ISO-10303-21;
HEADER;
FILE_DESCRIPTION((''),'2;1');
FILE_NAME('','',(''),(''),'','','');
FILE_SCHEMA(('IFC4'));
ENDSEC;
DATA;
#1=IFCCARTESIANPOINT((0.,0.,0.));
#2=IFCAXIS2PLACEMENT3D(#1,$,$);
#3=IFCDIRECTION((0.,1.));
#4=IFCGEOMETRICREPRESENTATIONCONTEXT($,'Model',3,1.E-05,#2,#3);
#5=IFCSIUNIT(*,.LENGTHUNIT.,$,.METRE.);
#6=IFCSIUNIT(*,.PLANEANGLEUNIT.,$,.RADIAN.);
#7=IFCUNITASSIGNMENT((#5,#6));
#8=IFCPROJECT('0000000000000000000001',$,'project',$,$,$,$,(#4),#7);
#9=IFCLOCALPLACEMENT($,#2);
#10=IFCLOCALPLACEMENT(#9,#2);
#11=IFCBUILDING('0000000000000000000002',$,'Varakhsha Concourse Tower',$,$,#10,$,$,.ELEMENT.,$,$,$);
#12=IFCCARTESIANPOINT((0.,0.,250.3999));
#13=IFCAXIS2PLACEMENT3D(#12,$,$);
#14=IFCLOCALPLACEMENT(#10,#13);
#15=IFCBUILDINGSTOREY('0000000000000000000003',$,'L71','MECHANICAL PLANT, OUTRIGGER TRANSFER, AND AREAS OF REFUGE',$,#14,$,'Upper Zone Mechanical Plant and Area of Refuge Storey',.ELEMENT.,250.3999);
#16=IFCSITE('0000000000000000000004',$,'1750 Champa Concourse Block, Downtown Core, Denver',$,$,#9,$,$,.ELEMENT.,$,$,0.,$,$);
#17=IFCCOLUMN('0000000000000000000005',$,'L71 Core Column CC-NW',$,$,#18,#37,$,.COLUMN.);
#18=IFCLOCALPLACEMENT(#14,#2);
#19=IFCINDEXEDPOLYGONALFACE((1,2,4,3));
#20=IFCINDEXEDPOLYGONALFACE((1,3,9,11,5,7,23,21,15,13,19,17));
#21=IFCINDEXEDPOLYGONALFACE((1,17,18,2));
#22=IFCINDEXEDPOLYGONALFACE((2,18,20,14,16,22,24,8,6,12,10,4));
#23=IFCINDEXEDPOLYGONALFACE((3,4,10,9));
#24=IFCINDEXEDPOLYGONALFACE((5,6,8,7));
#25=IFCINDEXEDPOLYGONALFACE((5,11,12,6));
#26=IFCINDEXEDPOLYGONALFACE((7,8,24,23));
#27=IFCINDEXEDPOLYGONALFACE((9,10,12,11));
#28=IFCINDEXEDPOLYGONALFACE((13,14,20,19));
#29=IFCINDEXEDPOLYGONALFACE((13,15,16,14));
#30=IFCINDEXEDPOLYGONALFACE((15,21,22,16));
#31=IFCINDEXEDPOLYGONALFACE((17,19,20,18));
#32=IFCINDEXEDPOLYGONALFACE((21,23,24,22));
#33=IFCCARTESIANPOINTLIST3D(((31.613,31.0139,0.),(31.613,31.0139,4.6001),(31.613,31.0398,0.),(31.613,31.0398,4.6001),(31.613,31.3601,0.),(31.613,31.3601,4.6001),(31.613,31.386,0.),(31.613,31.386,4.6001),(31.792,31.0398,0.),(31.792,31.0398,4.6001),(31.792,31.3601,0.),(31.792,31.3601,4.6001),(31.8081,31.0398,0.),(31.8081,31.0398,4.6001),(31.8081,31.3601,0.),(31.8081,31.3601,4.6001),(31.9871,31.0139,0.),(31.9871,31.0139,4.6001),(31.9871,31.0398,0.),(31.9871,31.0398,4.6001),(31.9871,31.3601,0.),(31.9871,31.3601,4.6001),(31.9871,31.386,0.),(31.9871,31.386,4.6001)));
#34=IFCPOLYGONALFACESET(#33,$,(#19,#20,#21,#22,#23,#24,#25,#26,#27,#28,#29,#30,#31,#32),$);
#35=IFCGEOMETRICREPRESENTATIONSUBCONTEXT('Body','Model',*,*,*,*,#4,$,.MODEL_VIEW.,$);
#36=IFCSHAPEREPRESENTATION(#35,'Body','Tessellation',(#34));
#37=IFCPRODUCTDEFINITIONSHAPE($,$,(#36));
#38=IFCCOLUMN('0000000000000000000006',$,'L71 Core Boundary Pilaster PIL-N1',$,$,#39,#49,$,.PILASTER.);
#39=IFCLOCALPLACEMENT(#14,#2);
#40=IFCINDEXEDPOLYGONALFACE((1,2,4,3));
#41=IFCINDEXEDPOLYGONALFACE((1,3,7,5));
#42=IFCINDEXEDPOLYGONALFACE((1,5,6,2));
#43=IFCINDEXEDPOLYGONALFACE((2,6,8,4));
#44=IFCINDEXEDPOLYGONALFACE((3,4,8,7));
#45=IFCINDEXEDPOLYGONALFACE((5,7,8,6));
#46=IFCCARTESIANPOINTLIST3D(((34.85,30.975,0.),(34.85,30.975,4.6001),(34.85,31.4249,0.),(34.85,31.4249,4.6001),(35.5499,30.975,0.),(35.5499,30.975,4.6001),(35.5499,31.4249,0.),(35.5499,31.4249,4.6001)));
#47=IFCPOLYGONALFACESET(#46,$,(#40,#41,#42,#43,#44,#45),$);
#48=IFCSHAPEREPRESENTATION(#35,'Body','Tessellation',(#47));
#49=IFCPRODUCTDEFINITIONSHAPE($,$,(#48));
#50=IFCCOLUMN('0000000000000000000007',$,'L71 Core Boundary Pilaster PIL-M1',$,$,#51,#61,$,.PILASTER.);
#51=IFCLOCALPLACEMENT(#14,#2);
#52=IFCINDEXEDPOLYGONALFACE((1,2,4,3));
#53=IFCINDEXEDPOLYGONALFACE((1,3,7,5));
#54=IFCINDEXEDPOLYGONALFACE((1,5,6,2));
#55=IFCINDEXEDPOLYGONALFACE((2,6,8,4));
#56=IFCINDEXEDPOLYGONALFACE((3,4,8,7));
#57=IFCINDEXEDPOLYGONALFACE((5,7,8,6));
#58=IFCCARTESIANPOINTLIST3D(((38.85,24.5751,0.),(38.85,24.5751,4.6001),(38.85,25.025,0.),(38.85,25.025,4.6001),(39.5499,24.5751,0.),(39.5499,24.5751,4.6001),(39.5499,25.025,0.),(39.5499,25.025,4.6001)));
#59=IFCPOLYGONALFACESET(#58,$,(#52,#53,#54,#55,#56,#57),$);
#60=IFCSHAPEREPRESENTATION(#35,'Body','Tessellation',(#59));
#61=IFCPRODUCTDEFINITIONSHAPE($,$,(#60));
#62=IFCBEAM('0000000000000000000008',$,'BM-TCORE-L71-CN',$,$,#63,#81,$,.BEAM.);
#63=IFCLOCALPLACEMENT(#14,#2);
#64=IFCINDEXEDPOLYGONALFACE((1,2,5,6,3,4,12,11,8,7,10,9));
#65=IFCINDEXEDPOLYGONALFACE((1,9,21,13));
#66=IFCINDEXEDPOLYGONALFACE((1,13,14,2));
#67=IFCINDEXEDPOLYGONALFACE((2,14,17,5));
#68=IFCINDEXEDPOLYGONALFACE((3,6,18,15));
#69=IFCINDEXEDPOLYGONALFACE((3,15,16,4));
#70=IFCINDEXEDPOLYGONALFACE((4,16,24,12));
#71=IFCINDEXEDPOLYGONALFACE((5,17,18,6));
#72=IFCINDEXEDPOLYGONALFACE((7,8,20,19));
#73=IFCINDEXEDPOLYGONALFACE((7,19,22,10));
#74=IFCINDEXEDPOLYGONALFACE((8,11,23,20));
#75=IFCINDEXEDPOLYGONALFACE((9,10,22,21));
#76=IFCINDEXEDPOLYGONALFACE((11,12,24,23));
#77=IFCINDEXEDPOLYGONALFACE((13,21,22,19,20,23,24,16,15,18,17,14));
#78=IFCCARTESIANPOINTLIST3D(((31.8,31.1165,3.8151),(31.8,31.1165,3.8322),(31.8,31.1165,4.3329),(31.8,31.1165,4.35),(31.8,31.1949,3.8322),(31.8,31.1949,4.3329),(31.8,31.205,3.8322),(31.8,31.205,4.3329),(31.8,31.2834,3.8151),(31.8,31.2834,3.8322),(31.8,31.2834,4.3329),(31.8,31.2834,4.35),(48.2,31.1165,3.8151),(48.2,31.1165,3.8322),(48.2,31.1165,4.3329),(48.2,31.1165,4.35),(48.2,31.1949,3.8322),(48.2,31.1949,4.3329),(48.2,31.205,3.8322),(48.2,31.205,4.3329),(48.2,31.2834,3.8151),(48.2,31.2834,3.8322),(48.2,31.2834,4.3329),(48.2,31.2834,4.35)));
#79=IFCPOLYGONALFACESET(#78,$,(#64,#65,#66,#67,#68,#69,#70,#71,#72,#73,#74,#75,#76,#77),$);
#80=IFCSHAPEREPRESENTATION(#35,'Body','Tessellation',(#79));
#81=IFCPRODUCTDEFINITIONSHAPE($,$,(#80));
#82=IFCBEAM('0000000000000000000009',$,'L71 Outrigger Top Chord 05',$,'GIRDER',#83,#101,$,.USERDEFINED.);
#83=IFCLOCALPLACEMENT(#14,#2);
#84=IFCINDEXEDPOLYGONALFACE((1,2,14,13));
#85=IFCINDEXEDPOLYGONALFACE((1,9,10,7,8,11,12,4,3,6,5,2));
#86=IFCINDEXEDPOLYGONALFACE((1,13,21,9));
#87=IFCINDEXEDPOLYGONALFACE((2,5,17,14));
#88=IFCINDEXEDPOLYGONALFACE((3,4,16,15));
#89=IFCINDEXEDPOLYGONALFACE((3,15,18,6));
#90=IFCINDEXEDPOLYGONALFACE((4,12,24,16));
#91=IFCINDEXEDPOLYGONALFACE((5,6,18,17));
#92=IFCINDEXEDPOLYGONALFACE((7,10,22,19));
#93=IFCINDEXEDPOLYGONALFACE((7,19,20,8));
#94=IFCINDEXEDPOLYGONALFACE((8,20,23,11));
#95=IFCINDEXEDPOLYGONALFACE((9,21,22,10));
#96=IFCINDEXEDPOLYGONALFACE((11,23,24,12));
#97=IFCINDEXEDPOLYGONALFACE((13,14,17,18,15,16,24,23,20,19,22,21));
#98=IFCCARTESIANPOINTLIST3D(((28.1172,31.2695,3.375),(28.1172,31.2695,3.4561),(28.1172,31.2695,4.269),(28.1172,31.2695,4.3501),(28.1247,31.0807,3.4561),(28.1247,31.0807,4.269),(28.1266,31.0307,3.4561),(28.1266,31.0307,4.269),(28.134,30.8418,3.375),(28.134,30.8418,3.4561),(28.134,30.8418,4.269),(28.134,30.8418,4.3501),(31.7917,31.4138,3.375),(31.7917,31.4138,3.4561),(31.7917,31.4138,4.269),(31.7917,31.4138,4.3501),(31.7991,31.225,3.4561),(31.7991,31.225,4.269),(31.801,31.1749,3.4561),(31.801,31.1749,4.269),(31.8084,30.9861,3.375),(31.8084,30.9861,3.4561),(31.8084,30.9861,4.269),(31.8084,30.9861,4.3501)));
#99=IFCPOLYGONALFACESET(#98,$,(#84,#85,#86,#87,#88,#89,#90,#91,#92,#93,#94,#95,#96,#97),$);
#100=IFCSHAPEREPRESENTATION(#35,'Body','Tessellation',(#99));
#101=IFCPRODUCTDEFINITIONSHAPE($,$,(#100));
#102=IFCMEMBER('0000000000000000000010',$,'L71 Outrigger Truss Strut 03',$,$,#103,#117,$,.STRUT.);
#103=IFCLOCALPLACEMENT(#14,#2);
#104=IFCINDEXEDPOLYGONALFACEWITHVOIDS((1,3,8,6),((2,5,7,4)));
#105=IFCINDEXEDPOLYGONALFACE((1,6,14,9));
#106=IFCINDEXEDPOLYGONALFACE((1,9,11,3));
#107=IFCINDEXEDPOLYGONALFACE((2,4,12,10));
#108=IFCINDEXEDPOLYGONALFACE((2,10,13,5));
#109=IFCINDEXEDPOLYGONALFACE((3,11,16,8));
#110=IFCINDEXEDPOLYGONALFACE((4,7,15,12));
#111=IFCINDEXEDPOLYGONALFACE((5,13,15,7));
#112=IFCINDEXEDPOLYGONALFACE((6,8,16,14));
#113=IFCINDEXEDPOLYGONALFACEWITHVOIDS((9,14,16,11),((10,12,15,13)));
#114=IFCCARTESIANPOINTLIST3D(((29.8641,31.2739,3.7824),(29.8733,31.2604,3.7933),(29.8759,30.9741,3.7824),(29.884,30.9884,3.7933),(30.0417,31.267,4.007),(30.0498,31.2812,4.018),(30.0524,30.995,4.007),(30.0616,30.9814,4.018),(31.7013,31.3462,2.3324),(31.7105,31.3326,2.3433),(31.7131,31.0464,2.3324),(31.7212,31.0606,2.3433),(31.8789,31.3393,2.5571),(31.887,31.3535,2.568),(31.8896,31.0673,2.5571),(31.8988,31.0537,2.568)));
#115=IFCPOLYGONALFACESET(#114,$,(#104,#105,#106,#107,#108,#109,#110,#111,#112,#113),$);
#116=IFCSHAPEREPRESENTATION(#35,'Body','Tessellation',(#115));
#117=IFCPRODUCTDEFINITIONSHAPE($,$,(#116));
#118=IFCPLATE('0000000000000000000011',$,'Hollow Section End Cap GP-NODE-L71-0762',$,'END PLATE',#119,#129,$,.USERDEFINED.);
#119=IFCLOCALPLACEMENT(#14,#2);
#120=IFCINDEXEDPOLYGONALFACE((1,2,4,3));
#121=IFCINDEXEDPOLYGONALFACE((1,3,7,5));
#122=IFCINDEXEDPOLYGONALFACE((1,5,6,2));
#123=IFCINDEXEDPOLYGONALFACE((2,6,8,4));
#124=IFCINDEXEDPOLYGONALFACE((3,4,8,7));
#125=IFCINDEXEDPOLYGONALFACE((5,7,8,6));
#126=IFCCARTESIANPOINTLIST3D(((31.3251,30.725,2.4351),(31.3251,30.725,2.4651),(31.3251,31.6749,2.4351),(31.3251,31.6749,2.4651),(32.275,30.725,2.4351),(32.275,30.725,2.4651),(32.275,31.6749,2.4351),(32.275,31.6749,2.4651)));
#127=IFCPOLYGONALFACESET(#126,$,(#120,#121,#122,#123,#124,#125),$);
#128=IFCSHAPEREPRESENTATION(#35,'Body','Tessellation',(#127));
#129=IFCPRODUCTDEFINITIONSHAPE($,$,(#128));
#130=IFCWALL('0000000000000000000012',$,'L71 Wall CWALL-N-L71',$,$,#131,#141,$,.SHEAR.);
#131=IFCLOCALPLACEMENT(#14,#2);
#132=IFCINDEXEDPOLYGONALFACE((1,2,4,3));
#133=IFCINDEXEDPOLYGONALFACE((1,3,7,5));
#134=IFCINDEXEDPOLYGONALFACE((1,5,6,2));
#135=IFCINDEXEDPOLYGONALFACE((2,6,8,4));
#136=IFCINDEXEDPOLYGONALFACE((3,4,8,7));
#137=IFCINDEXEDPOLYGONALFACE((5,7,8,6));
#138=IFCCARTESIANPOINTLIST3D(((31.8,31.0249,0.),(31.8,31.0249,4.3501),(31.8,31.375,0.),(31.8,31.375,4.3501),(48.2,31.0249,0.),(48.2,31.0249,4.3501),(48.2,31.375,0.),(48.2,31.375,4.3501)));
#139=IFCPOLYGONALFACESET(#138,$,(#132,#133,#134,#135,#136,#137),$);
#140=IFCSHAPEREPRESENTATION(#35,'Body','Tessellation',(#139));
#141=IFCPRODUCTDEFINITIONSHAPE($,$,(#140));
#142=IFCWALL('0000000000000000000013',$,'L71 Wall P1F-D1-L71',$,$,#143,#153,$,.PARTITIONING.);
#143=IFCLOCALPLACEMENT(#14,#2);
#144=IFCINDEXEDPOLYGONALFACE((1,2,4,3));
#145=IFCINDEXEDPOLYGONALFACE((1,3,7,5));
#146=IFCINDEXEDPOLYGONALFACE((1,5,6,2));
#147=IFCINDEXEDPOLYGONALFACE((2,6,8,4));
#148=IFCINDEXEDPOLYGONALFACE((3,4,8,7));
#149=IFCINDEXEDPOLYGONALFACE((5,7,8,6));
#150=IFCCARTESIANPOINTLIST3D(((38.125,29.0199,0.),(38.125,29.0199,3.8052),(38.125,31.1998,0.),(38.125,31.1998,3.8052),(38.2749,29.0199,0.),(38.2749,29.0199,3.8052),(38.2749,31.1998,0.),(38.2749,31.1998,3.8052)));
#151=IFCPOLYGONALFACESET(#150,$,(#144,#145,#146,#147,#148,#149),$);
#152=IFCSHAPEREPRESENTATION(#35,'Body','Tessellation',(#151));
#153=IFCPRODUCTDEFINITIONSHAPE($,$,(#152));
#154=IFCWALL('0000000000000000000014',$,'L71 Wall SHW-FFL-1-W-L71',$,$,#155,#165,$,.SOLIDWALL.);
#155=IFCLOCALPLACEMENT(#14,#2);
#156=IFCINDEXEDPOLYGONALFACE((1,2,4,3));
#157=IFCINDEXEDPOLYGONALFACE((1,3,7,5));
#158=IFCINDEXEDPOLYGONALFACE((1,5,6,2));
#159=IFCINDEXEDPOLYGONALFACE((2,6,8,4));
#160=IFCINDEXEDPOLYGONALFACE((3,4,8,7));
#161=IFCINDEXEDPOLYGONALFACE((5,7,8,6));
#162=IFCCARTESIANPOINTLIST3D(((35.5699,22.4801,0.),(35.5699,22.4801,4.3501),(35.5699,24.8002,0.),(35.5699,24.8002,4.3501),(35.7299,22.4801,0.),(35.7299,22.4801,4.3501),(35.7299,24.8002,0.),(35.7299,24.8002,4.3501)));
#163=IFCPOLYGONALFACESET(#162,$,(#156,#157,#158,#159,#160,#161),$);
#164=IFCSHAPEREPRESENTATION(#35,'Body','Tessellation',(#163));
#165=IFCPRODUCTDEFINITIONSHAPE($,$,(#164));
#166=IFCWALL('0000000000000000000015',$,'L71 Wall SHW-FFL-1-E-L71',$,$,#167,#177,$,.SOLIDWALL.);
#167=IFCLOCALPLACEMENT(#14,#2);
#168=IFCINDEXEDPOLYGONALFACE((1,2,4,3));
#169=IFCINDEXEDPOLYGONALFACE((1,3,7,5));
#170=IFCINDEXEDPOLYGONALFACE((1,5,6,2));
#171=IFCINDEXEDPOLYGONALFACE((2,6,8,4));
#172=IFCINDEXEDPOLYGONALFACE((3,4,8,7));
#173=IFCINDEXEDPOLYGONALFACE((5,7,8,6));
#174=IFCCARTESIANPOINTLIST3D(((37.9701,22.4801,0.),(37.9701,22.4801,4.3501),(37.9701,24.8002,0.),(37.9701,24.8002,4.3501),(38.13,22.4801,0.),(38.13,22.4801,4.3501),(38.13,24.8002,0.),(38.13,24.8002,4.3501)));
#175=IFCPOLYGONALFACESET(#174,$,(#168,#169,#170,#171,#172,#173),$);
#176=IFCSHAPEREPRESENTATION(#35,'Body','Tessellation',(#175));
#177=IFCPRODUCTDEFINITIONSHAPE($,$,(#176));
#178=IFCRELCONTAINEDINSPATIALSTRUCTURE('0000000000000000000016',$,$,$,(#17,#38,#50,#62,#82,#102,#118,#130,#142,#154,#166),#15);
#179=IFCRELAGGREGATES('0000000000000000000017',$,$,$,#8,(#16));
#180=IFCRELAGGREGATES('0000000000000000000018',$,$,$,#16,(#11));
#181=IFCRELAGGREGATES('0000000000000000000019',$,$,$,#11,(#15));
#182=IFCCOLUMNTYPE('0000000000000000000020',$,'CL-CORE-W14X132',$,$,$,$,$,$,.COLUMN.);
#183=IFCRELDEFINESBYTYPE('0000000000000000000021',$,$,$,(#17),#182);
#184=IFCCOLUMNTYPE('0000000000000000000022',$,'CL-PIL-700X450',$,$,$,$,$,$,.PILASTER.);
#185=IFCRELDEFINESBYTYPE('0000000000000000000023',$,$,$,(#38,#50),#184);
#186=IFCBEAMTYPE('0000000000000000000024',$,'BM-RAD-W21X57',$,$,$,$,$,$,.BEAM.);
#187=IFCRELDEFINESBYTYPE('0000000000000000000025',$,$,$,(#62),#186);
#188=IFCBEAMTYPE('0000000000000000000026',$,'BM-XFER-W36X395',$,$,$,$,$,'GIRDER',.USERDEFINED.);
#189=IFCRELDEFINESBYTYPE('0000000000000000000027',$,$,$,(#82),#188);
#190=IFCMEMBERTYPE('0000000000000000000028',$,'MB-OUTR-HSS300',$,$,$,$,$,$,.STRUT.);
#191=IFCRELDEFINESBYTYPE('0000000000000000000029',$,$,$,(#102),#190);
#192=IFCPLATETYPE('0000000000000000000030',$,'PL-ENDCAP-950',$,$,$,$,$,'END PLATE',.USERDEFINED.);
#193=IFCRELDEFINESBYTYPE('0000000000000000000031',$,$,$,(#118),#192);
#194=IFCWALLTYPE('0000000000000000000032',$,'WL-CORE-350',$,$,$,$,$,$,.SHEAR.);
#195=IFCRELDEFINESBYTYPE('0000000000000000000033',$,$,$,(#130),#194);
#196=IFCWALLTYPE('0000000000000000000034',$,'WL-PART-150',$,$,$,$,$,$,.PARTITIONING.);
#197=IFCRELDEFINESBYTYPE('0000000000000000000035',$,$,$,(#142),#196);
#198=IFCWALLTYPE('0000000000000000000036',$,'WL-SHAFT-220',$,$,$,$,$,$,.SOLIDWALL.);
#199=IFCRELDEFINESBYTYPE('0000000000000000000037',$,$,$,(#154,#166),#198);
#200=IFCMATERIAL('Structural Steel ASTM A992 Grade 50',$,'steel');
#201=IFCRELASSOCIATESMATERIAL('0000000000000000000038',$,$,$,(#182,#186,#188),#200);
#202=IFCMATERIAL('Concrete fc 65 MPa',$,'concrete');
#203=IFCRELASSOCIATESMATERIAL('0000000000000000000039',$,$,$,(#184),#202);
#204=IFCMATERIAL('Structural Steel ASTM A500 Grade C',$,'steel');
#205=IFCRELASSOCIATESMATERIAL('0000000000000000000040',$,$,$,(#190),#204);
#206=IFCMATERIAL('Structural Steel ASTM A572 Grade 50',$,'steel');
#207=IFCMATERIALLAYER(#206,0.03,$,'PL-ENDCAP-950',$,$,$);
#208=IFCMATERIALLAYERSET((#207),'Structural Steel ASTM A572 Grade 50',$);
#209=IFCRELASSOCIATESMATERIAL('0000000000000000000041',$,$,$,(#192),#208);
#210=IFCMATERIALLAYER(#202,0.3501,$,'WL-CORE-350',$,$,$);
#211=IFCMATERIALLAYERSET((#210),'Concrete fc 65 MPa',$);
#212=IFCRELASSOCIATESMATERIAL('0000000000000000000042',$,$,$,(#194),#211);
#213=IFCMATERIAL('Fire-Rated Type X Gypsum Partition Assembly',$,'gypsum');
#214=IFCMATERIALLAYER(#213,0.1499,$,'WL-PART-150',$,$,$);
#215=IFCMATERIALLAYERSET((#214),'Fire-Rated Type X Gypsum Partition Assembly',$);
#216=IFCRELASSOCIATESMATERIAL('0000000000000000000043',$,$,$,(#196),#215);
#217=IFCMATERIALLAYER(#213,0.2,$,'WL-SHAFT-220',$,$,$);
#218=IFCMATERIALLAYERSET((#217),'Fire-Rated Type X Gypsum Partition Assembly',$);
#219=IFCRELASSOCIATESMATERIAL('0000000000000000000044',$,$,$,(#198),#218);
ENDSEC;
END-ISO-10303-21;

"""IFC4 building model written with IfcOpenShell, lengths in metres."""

from ifc_helpers import new_model, si_unit, direction, frame, frame_2d, origin, origin_2d, place, context, subcontext, project, spatial, rectangle, hollow_rectangle, i_section, extrude, source, transform, mapped, material, layer, layer_set, material_profile, profile_set, type_object, type_shapes, element, save


model = new_model("IFC4")

# Units and contexts
model_context = context("Model", 3, precision=1e-05, world=origin(), true_north=direction((0.0, 1.0)))
body_context = subcontext(model_context, "Body", "Model", "MODEL_VIEW")
ifc_project = project(units=[si_unit("LENGTHUNIT", "METRE"), si_unit("PLANEANGLEUNIT", "RADIAN")], contexts=[model_context])

# Site, building, storey
site_placement = place(None, origin())
site = spatial("IfcSite", under=ifc_project, at=site_placement, Name="1750 Champa Concourse Block, Downtown Core, Denver", CompositionType="ELEMENT", RefElevation=0.0)
building_placement = place(site_placement, origin())
building = spatial("IfcBuilding", under=site, at=building_placement, Name="Varakhsha Concourse Tower", CompositionType="ELEMENT")
storey_placement = place(building_placement, frame((0.0, 0.0, 250.3999)))
storey = spatial("IfcBuildingStorey", under=building, at=storey_placement, Name="L71", Description="MECHANICAL PLANT, OUTRIGGER TRANSFER, AND AREAS OF REFUGE", LongName="Upper Zone Mechanical Plant and Area of Refuge Storey", CompositionType="ELEMENT", Elevation=250.3999)

# Columns
ifc_material_1 = material(Name="Structural Steel ASTM A992 Grade 50", Category="steel")
ifc_material_profile_1 = material_profile(ifc_material_1, i_section(OverallWidth=0.374, OverallDepth=0.3721, WebThickness=0.0161, FlangeThickness=0.0259, at=origin_2d()), Name="W14X132")
ifc_profile_set_1 = profile_set([ifc_material_profile_1], Name="Structural Steel ASTM A992 Grade 50")
column_type_1 = type_object("IfcColumnType", Name="CL-CORE-W14X132", PredefinedType="COLUMN", material=ifc_profile_set_1)
column_placement = place(storey_placement, frame((31.8, 31.2, 0.0), z_axis=(0.0, 0.0, 1.0), x_axis=(1.0, 0.0, 0.0)))
element("IfcColumn", 1, at=column_placement, inside=storey, type_object=column_type_1, Name="L71 Core Column CC-NW", PredefinedType="COLUMN", context=body_context, shape_type="SweptSolid", body=[
    extrude(i_section(OverallWidth=0.374, OverallDepth=0.3721, WebThickness=0.0161, FlangeThickness=0.0259, at=origin_2d()), origin(), (0.0, 0.0, 1.0), 4.6001),
])
ifc_material_2 = material(Name="Concrete fc 65 MPa", Category="concrete")
ifc_material_profile_2 = material_profile(ifc_material_2, rectangle(XDim=0.7, YDim=0.45, at=origin_2d()), Name="RC 700x450")
ifc_profile_set_2 = profile_set([ifc_material_profile_2], Name="Concrete fc 65 MPa")
column_type_2 = type_object("IfcColumnType", Name="CL-PIL-700X450", PredefinedType="PILASTER", material=ifc_profile_set_2)
for number, where, z_axis, x_axis, name in (
    (2, (35.2, 31.2, 0.0), (0.0, 0.0, 1.0), (1.0, 0.0, 0.0), "L71 Core Boundary Pilaster PIL-N1"),
    (3, (39.2, 24.8, 0.0), (0.0, 0.0, 1.0), (1.0, 0.0, 0.0), "L71 Core Boundary Pilaster PIL-M1"),
):
    element("IfcColumn", number, at=place(storey_placement, frame(where, z_axis=z_axis, x_axis=x_axis)), inside=storey, type_object=column_type_2, Name=name, PredefinedType="PILASTER", context=body_context, shape_type="SweptSolid", body=[
        extrude(rectangle(XDim=0.7, YDim=0.45, at=origin_2d()), origin(), (0.0, 0.0, 1.0), 4.6001),
    ])

# Beams
ifc_material_profile_3 = material_profile(ifc_material_1, i_section(OverallWidth=0.167, OverallDepth=0.5349, WebThickness=0.01, FlangeThickness=0.0171, at=origin_2d()), Name="W21X57")
ifc_profile_set_3 = profile_set([ifc_material_profile_3], Name="Structural Steel ASTM A992 Grade 50")
beam_type_1 = type_object("IfcBeamType", Name="BM-RAD-W21X57", PredefinedType="BEAM", material=ifc_profile_set_3)
beam_1_placement = place(storey_placement, frame((31.8, 31.2, 4.0825), z_axis=(1.0, 0.0, 0.0), x_axis=(0.0, 1.0, 0.0)))
element("IfcBeam", 4, at=beam_1_placement, inside=storey, type_object=beam_type_1, Name="BM-TCORE-L71-CN", PredefinedType="BEAM", context=body_context, shape_type="SweptSolid", body=[
    extrude(i_section(OverallWidth=0.167, OverallDepth=0.5349, WebThickness=0.01, FlangeThickness=0.0171, at=origin_2d()), origin(), (0.0, 0.0, 1.0), 16.3999),
])
ifc_material_profile_4 = material_profile(ifc_material_1, i_section(OverallWidth=0.428, OverallDepth=0.9751, WebThickness=0.05, FlangeThickness=0.0811, at=origin_2d()), Name="W36X395")
ifc_profile_set_4 = profile_set([ifc_material_profile_4], Name="Structural Steel ASTM A992 Grade 50")
beam_type_2 = type_object("IfcBeamType", Name="BM-XFER-W36X395", ElementType="GIRDER", PredefinedType="USERDEFINED", material=ifc_profile_set_4)
beam_2_placement = place(storey_placement, frame((31.8, 31.2, 3.8625), z_axis=(-0.99923, -0.039239, 0.0), x_axis=(0.039239, -0.99923, 0.0)))
element("IfcBeam", 5, at=beam_2_placement, inside=storey, type_object=beam_type_2, Name="L71 Outrigger Top Chord 05", ObjectType="GIRDER", PredefinedType="USERDEFINED", context=body_context, shape_type="SweptSolid", body=[
    extrude(i_section(OverallWidth=0.428, OverallDepth=0.9751, WebThickness=0.05, FlangeThickness=0.0811, at=origin_2d()), origin(), (0.0, 0.0, 1.0), 3.6772),
])

# Member
ifc_material_3 = material(Name="Structural Steel ASTM A500 Grade C", Category="steel")
ifc_material_profile_5 = material_profile(ifc_material_3, hollow_rectangle(XDim=0.3, YDim=0.3, WallThickness=0.0139, at=origin_2d()), Name="HSS 300x300x14")
ifc_profile_set_5 = profile_set([ifc_material_profile_5], Name="Structural Steel ASTM A500 Grade C")
member_type = type_object("IfcMemberType", Name="MB-OUTR-HSS300", PredefinedType="STRUT", material=ifc_profile_set_5)
shared_shape_1 = source(origin(), body_context, "Body", "SweptSolid", [
    extrude(hollow_rectangle(XDim=0.3, YDim=0.3, WallThickness=0.0139, at=origin_2d()), origin(), (0.0, 0.0, 1.0), 2.3416),
])
type_shapes(member_type, [shared_shape_1])
member_placement = place(storey_placement, frame((31.8, 31.2, 2.4502), z_axis=(-0.7846, -0.030863, 0.619234), x_axis=(0.039305, -0.999227, 0.0)))
element("IfcMember", 6, at=member_placement, inside=storey, type_object=member_type, Name="L71 Outrigger Truss Strut 03", PredefinedType="STRUT", context=body_context, shape_type="MappedRepresentation", body=[
    mapped(shared_shape_1, transform((0.0, 0.0, 0.0), scale=1.0)),
])

# Plate
ifc_material_4 = material(Name="Structural Steel ASTM A572 Grade 50", Category="steel")
ifc_layer_1 = layer(ifc_material_4, 0.03, Name="PL-ENDCAP-950")
ifc_layer_set_1 = layer_set([ifc_layer_1], Name="Structural Steel ASTM A572 Grade 50")
plate_type = type_object("IfcPlateType", Name="PL-ENDCAP-950", ElementType="END PLATE", PredefinedType="USERDEFINED", material=ifc_layer_set_1)
shared_shape_2 = source(origin(), body_context, "Body", "SweptSolid", [
    extrude(rectangle(XDim=0.95, YDim=0.95, at=origin_2d()), origin(), (0.0, 0.0, 1.0), 0.03),
])
type_shapes(plate_type, [shared_shape_2])
plate_placement = place(storey_placement, frame((31.8, 31.2, 2.4351), z_axis=(0.0, 0.0, 1.0), x_axis=(1.0, 0.0, 0.0)))
element("IfcPlate", 7, at=plate_placement, inside=storey, type_object=plate_type, Name="Hollow Section End Cap GP-NODE-L71-0762", ObjectType="END PLATE", PredefinedType="USERDEFINED", context=body_context, shape_type="MappedRepresentation", body=[
    mapped(shared_shape_2, transform((0.0, 0.0, 0.0), scale=1.0)),
])

# Walls
ifc_layer_2 = layer(ifc_material_2, 0.3501, Name="WL-CORE-350")
ifc_layer_set_2 = layer_set([ifc_layer_2], Name="Concrete fc 65 MPa")
wall_type_1 = type_object("IfcWallType", Name="WL-CORE-350", PredefinedType="SHEAR", material=ifc_layer_set_2)
wall_1_placement = place(storey_placement, frame((31.8, 31.2, 0.0), z_axis=(0.0, 0.0, 1.0), x_axis=(1.0, 0.0, 0.0)))
element("IfcWall", 8, at=wall_1_placement, inside=storey, type_object=wall_type_1, Name="L71 Wall CWALL-N-L71", PredefinedType="SHEAR", context=body_context, shape_type="SweptSolid", body=[
    extrude(rectangle(XDim=16.3999, YDim=0.3501, at=frame_2d((8.2, 0.0))), origin(), (0.0, 0.0, 1.0), 4.3501),
])
ifc_material_5 = material(Name="Fire-Rated Type X Gypsum Partition Assembly", Category="gypsum")
ifc_layer_3 = layer(ifc_material_5, 0.1499, Name="WL-PART-150")
ifc_layer_set_3 = layer_set([ifc_layer_3], Name="Fire-Rated Type X Gypsum Partition Assembly")
wall_type_2 = type_object("IfcWallType", Name="WL-PART-150", PredefinedType="PARTITIONING", material=ifc_layer_set_3)
wall_2_placement = place(storey_placement, frame((38.2, 29.02, 0.0), z_axis=(0.0, 0.0, 1.0), x_axis=(0.0, 1.0, 0.0)))
element("IfcWall", 9, at=wall_2_placement, inside=storey, type_object=wall_type_2, Name="L71 Wall P1F-D1-L71", PredefinedType="PARTITIONING", context=body_context, shape_type="SweptSolid", body=[
    extrude(rectangle(XDim=2.1799, YDim=0.1499, at=frame_2d((1.0898, 0.0))), origin(), (0.0, 0.0, 1.0), 3.8052),
])

# Shared definitions
ifc_layer_4 = layer(ifc_material_5, 0.2, Name="WL-SHAFT-220")
ifc_layer_set_4 = layer_set([ifc_layer_4], Name="Fire-Rated Type X Gypsum Partition Assembly")
wall_type_3 = type_object("IfcWallType", Name="WL-SHAFT-220", PredefinedType="SOLIDWALL", material=ifc_layer_set_4)

# Walls
for number, where, z_axis, x_axis, name in (
    (10, (35.6499, 22.48, 0.0), (0.0, 0.0, 1.0), (0.0, 1.0, 0.0), "L71 Wall SHW-FFL-1-W-L71"),
    (11, (38.05, 22.48, 0.0), (0.0, 0.0, 1.0), (0.0, 1.0, 0.0), "L71 Wall SHW-FFL-1-E-L71"),
):
    element("IfcWall", number, at=place(storey_placement, frame(where, z_axis=z_axis, x_axis=x_axis)), inside=storey, type_object=wall_type_3, Name=name, PredefinedType="SOLIDWALL", context=body_context, shape_type="SweptSolid", body=[
        extrude(rectangle(XDim=2.3201, YDim=0.1599, at=frame_2d((1.1602, 0.0))), origin(), (0.0, 0.0, 1.0), 4.3501),
    ])

save(model, "model.ifc")
